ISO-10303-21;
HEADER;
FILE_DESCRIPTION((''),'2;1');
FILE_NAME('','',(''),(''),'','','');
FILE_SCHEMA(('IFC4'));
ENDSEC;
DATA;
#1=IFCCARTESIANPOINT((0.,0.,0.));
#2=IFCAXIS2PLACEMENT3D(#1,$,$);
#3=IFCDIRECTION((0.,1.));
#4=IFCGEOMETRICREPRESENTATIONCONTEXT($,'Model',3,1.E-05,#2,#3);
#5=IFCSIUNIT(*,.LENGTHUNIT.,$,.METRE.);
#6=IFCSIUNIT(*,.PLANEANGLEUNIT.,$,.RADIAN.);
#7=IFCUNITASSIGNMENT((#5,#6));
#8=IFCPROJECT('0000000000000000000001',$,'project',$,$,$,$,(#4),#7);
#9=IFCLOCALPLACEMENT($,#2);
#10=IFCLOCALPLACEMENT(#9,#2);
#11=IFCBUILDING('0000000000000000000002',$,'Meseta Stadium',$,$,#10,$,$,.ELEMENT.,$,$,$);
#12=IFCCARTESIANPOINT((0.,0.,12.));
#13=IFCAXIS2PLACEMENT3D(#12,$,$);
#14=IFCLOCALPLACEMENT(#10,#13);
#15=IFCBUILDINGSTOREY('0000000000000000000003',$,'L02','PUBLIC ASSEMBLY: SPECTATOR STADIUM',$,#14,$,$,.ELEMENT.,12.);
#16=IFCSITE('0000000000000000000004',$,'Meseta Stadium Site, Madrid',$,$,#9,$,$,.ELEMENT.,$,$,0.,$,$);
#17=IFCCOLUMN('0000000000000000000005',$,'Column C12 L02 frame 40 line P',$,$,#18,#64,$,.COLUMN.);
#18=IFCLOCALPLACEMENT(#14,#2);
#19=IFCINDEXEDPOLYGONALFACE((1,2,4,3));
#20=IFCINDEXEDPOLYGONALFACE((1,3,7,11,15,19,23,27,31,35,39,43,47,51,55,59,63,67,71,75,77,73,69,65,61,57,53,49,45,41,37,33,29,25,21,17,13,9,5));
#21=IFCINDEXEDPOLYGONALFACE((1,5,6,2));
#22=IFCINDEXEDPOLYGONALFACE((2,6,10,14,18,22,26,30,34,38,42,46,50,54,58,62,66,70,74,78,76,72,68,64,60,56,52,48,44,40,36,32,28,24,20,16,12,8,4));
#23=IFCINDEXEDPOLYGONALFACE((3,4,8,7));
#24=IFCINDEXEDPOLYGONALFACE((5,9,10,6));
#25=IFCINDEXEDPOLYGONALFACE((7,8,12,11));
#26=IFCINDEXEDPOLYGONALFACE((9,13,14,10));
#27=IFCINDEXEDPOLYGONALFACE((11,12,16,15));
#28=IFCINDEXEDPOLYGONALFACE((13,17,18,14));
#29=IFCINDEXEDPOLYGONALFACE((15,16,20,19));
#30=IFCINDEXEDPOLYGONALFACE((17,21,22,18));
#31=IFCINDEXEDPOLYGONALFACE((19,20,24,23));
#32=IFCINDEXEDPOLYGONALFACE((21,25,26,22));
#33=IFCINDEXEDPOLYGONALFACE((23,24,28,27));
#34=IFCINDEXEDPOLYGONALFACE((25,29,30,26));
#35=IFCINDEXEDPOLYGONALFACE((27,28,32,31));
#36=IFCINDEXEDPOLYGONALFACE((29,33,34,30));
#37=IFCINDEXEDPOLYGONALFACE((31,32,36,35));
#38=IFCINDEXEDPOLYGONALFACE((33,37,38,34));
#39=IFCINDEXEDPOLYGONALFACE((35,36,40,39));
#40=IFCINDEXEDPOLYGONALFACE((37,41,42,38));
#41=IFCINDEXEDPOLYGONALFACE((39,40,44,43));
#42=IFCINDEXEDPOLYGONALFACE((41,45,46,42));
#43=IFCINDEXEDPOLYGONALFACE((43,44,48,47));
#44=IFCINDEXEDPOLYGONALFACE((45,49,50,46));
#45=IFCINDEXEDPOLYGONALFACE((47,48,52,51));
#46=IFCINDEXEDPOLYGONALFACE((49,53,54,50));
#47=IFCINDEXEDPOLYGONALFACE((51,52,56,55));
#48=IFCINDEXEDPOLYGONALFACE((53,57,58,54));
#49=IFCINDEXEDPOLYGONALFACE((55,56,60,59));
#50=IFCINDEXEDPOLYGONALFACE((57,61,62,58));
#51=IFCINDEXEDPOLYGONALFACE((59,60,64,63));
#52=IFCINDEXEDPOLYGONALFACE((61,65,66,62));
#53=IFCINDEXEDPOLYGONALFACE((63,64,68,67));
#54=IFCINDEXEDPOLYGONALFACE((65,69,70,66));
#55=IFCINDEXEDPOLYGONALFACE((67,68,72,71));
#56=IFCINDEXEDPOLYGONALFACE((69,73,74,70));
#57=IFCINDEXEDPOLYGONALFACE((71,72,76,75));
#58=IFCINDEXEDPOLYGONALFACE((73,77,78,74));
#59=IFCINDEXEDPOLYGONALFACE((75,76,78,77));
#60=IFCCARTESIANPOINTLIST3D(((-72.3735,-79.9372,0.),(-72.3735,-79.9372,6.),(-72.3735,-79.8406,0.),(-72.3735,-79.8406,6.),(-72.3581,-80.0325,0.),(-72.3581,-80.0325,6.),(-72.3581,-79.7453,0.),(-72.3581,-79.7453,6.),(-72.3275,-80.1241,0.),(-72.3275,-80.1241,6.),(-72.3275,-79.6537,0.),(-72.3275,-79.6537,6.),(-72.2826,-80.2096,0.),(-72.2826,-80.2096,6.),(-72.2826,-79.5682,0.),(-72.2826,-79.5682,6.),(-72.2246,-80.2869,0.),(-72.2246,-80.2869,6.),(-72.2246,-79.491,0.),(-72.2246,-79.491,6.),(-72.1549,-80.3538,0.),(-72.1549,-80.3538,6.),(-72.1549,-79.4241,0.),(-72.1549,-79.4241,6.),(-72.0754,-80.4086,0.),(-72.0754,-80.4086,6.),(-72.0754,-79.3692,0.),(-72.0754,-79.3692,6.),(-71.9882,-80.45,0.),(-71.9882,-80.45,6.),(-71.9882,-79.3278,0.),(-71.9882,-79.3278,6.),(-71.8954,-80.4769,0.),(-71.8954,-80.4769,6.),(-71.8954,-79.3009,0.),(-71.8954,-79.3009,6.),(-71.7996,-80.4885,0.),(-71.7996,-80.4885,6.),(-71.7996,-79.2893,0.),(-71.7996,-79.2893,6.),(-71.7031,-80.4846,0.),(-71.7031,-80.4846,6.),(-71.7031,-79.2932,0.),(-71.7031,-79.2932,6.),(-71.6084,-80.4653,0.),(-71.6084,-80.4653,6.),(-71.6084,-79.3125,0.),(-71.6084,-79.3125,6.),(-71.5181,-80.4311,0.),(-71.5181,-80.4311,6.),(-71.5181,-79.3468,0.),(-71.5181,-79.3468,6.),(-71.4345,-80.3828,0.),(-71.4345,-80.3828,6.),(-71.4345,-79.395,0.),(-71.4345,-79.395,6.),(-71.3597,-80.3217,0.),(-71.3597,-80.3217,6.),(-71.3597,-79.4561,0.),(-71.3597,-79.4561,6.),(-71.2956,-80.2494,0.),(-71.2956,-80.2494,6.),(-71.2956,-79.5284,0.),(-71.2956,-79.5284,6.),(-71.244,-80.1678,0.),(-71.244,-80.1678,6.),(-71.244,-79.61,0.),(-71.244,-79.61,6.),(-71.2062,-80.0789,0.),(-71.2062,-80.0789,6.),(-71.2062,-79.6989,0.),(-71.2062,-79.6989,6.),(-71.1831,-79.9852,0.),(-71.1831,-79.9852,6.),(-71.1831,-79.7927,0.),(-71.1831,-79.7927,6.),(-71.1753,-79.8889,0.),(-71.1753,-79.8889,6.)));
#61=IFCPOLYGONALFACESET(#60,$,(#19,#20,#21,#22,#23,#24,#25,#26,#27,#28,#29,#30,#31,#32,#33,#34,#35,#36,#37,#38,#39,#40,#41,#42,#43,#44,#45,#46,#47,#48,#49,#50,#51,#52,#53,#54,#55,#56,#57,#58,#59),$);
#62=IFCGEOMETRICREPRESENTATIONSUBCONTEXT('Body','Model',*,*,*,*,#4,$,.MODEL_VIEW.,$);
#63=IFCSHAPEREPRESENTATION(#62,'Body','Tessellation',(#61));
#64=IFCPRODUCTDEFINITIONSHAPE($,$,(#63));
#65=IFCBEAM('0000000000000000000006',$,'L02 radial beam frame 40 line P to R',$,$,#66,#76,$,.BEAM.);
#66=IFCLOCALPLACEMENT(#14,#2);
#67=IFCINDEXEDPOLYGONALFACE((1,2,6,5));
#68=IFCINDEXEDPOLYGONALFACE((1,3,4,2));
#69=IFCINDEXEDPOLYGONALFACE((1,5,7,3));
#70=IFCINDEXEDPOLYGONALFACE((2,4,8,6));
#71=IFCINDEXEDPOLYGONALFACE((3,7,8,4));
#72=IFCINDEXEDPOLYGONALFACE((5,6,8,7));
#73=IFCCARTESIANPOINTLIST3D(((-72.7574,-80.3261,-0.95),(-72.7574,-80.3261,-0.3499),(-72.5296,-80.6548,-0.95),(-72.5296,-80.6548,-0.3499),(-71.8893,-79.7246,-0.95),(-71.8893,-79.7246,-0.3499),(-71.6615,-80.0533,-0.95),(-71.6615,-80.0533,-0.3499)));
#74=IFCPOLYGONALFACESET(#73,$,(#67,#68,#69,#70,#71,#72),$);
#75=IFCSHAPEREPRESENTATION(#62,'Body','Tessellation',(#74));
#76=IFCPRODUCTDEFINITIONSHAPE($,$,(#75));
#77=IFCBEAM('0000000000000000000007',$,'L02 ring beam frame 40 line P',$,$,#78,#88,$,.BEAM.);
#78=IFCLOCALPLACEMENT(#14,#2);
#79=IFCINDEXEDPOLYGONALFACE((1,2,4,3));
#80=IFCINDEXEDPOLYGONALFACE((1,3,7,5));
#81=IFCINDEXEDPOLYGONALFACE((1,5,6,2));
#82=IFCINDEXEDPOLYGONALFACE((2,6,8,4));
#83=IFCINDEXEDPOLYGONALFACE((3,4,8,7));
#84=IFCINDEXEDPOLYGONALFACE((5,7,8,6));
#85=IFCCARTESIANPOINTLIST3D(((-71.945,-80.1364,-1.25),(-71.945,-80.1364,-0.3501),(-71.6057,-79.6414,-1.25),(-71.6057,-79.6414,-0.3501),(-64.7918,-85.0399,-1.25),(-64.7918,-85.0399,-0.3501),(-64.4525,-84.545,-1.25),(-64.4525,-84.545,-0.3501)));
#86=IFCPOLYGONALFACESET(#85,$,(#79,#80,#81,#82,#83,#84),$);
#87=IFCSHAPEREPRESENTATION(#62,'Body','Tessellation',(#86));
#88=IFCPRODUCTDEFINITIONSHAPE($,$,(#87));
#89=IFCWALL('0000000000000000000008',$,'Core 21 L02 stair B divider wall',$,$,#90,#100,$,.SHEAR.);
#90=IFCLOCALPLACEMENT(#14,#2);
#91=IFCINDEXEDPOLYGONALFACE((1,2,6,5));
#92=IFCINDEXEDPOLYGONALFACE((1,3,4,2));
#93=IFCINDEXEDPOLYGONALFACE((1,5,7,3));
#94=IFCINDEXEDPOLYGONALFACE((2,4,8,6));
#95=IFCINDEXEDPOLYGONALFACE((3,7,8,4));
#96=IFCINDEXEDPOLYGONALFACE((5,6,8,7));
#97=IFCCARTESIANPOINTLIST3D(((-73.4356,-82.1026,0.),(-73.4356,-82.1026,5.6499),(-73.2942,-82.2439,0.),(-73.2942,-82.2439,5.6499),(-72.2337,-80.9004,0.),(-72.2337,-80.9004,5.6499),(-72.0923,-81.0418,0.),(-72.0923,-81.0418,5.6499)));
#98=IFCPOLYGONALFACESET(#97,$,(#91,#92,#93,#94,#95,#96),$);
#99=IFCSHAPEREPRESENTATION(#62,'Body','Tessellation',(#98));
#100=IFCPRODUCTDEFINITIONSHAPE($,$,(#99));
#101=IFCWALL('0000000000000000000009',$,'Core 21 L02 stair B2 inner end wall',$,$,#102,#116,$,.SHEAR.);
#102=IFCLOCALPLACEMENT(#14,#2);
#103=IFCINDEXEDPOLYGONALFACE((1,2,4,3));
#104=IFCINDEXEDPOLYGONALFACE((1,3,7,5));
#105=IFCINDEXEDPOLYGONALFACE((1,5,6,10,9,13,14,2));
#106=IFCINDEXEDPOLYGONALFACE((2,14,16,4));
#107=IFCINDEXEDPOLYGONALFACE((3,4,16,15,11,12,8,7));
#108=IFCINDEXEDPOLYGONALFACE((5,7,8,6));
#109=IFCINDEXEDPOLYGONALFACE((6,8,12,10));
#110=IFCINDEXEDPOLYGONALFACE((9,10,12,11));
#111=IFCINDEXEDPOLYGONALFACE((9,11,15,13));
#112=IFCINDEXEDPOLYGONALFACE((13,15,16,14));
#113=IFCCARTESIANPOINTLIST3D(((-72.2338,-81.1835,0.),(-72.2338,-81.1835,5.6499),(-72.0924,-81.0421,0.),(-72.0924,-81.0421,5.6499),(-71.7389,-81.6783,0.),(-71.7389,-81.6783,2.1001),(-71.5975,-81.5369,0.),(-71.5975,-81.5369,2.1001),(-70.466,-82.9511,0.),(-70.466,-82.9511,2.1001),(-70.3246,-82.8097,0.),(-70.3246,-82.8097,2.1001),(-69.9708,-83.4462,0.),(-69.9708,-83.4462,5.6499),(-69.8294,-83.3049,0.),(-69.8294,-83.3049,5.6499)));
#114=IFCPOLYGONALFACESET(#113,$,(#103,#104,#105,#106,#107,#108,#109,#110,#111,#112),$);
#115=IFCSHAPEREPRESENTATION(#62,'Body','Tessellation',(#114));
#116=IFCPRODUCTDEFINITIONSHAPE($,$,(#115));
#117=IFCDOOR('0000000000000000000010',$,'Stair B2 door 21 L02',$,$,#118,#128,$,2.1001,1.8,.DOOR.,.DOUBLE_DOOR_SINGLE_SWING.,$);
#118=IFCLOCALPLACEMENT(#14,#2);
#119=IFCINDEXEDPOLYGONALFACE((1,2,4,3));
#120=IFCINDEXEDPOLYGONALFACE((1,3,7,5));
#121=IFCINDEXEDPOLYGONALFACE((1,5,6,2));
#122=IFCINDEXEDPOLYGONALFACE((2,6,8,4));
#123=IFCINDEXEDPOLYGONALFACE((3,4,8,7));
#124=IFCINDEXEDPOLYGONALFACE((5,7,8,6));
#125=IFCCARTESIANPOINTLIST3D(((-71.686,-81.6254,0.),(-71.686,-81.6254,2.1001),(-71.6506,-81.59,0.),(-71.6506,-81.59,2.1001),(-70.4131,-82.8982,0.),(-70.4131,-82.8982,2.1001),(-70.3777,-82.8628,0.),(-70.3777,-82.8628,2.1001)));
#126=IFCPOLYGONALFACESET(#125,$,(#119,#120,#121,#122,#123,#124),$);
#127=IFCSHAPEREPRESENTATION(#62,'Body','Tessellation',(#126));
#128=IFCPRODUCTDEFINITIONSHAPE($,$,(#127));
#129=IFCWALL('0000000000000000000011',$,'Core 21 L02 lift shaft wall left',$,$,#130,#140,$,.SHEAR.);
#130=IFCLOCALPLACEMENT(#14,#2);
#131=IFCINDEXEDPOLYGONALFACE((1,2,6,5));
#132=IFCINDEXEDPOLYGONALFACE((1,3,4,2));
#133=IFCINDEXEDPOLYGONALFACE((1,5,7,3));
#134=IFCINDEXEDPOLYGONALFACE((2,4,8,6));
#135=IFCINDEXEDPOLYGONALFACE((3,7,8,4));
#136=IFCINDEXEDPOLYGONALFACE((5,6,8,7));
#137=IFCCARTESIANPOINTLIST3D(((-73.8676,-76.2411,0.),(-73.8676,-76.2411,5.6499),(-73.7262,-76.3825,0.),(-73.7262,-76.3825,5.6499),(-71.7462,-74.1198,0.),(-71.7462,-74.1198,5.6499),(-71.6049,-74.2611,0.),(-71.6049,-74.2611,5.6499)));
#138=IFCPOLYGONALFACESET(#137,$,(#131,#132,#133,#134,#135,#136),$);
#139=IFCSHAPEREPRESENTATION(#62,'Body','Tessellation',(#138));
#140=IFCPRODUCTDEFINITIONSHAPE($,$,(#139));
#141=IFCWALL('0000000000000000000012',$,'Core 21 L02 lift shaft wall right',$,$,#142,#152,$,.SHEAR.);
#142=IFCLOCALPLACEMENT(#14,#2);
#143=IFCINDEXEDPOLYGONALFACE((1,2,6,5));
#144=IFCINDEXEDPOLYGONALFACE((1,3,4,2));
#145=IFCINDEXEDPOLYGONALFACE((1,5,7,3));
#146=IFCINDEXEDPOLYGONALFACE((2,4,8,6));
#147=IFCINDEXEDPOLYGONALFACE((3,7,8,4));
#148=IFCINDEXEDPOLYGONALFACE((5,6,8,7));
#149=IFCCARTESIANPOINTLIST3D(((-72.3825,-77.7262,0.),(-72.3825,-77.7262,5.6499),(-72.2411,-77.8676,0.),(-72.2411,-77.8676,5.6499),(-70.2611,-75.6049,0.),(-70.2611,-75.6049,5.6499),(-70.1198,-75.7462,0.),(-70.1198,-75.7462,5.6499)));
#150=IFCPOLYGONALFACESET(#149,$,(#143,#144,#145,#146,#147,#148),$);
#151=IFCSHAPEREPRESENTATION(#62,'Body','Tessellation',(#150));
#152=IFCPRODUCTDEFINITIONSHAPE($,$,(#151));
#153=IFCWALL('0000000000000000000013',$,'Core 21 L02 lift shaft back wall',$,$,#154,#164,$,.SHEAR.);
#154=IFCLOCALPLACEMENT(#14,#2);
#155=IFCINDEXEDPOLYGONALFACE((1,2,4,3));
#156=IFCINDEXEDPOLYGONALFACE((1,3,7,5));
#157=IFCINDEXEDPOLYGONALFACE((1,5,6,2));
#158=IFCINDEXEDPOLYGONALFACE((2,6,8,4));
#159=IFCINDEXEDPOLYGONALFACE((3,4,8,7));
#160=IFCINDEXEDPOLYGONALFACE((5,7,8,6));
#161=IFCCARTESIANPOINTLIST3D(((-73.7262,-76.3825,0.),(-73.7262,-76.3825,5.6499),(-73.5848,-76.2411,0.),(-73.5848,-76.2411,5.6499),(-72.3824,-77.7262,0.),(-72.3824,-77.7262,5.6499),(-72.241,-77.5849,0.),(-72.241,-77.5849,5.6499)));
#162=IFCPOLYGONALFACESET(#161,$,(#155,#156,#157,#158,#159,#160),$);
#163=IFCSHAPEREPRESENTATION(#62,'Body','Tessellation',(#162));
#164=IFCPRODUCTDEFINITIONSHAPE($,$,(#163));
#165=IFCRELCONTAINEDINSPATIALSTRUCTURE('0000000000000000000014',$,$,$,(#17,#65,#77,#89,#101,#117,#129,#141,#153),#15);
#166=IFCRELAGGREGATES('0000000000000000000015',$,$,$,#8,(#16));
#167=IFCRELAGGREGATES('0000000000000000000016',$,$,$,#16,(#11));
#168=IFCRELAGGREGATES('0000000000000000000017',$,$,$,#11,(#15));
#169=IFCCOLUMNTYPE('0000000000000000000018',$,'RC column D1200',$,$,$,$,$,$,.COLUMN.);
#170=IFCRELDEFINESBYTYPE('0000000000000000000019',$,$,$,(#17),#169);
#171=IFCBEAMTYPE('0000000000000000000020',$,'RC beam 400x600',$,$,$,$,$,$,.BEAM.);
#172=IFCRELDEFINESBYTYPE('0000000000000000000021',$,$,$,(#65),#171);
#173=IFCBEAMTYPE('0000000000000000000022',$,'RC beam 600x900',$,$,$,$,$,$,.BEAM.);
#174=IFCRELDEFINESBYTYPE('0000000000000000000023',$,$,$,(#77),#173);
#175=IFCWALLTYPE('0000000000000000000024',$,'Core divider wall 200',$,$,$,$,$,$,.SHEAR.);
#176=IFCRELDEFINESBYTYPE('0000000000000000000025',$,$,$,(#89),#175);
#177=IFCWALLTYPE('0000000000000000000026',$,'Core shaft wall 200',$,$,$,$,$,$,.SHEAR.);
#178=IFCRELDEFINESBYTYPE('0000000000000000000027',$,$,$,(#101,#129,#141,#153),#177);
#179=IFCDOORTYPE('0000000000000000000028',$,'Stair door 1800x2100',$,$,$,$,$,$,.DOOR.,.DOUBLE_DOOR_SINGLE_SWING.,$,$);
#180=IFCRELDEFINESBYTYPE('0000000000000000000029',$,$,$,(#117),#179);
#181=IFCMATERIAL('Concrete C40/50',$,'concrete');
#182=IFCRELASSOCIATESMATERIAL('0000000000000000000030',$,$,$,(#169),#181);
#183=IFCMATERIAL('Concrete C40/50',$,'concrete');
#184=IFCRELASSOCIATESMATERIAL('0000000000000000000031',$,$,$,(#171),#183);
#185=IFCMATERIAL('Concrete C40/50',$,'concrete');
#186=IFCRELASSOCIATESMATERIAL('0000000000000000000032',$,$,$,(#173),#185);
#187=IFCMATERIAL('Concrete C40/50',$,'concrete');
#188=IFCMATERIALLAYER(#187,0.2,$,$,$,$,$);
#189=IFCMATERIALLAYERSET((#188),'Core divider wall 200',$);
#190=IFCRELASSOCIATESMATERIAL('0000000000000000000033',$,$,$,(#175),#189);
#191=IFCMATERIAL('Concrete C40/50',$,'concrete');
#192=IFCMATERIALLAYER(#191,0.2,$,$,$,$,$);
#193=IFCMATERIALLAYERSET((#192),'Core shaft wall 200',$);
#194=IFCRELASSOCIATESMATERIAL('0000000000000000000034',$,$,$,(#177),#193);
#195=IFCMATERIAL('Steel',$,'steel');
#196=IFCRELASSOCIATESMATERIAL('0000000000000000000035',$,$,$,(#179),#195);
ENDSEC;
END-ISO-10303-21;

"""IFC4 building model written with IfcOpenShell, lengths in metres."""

from ifc_helpers import new_model, si_unit, direction, frame, frame_2d, origin, origin_2d, place, context, subcontext, project, spatial, rectangle, circle, extrude, material, layer, layer_set, material_profile, profile_set, type_object, element, fill, save


model = new_model("IFC4")

# Units and contexts
model_context = context("Model", 3, precision=1e-05, world=origin(), true_north=direction((0.0, 1.0)))
body_context = subcontext(model_context, "Body", "Model", "MODEL_VIEW")
ifc_project = project(units=[si_unit("LENGTHUNIT", "METRE"), si_unit("PLANEANGLEUNIT", "RADIAN")], contexts=[model_context])

# Site, building, storey
site_placement = place(None, origin())
site = spatial("IfcSite", under=ifc_project, at=site_placement, Name="Meseta Stadium Site, Madrid", CompositionType="ELEMENT", RefElevation=0.0)
building_placement = place(site_placement, origin())
building = spatial("IfcBuilding", under=site, at=building_placement, Name="Meseta Stadium", CompositionType="ELEMENT")
storey_placement = place(building_placement, frame((0.0, 0.0, 12.0)))
storey = spatial("IfcBuildingStorey", under=building, at=storey_placement, Name="L02", Description="PUBLIC ASSEMBLY: SPECTATOR STADIUM", CompositionType="ELEMENT", Elevation=12.0)

# Column
ifc_material_1 = material(Name="Concrete C40/50", Category="concrete")
ifc_material_profile_1 = material_profile(ifc_material_1, circle(Radius=0.6001, at=origin_2d()), Name="RC D1200")
ifc_profile_set_1 = profile_set([ifc_material_profile_1], Name="Concrete C40/50")
column_type = type_object("IfcColumnType", Name="RC column D1200", PredefinedType="COLUMN", material=ifc_profile_set_1)
column_placement = place(storey_placement, frame((-71.7754, -79.8889, 0.0), z_axis=(0.0, 0.0, 1.0), x_axis=(1.0, 0.0, 0.0)))
element("IfcColumn", 1, at=column_placement, inside=storey, type_object=column_type, Name="Column C12 L02 frame 40 line P", PredefinedType="COLUMN", context=body_context, shape_type="SweptSolid", body=[
    extrude(circle(Radius=0.6001, at=origin_2d()), origin(), (0.0, 0.0, 1.0), 6.0),
])

# Beams
ifc_material_2 = material(Name="Concrete C40/50", Category="concrete")
ifc_material_profile_2 = material_profile(ifc_material_2, rectangle(XDim=0.3999, YDim=0.6001, at=origin_2d()), Name="RC 400x600")
ifc_profile_set_2 = profile_set([ifc_material_profile_2], Name="Concrete C40/50")
beam_type_1 = type_object("IfcBeamType", Name="RC beam 400x600", PredefinedType="BEAM", material=ifc_profile_set_2)
beam_1_placement = place(storey_placement, frame((-71.7754, -79.8889, -0.6499), z_axis=(-0.821959, -0.569546, 0.0), x_axis=(0.569546, -0.821959, 0.0)))
element("IfcBeam", 2, at=beam_1_placement, inside=storey, type_object=beam_type_1, Name="L02 radial beam frame 40 line P to R", PredefinedType="BEAM", context=body_context, shape_type="SweptSolid", body=[
    extrude(rectangle(XDim=0.3999, YDim=0.6001, at=origin_2d()), origin(), (0.0, 0.0, 1.0), 1.0562),
])
ifc_material_3 = material(Name="Concrete C40/50", Category="concrete")
ifc_material_profile_3 = material_profile(ifc_material_3, rectangle(XDim=0.6001, YDim=0.8999, at=origin_2d()), Name="RC 600x900")
ifc_profile_set_3 = profile_set([ifc_material_profile_3], Name="Concrete C40/50")
beam_type_2 = type_object("IfcBeamType", Name="RC beam 600x900", PredefinedType="BEAM", material=ifc_profile_set_3)
beam_2_placement = place(storey_placement, frame((-71.7754, -79.8889, -0.8), z_axis=(0.824813, -0.565405, 0.0), x_axis=(0.565405, 0.824813, 0.0)))
element("IfcBeam", 3, at=beam_2_placement, inside=storey, type_object=beam_type_2, Name="L02 ring beam frame 40 line P", PredefinedType="BEAM", context=body_context, shape_type="SweptSolid", body=[
    extrude(rectangle(XDim=0.6001, YDim=0.8999, at=origin_2d()), origin(), (0.0, 0.0, 1.0), 8.6726),
])

# Wall
ifc_material_4 = material(Name="Concrete C40/50", Category="concrete")
ifc_layer_1 = layer(ifc_material_4, 0.2)
ifc_layer_set_1 = layer_set([ifc_layer_1], Name="Core divider wall 200")
wall_type_1 = type_object("IfcWallType", Name="Core divider wall 200", PredefinedType="SHEAR", material=ifc_layer_set_1)
wall_1_placement = place(storey_placement, frame((-73.365, -82.1733, 0.0), z_axis=(0.0, 0.0, 1.0), x_axis=(0.707035, 0.707179, 0.0)))
element("IfcWall", 4, at=wall_1_placement, inside=storey, type_object=wall_type_1, Name="Core 21 L02 stair B divider wall", PredefinedType="SHEAR", context=body_context, shape_type="SweptSolid", body=[
    extrude(rectangle(XDim=1.7, YDim=0.2, at=frame_2d((0.8501, 0.0))), origin(), (0.0, 0.0, 1.0), 5.6499),
])

# Wall, opening, door
ifc_material_5 = material(Name="Concrete C40/50", Category="concrete")
ifc_layer_2 = layer(ifc_material_5, 0.2)
ifc_layer_set_2 = layer_set([ifc_layer_2], Name="Core shaft wall 200")
wall_type_2 = type_object("IfcWallType", Name="Core shaft wall 200", PredefinedType="SHEAR", material=ifc_layer_set_2)
wall_2_placement = place(storey_placement, frame((-72.1631, -81.1128, 0.0), z_axis=(0.0, 0.0, 1.0), x_axis=(0.707145, -0.707069, 0.0)))
wall_2 = element("IfcWall", 5, at=wall_2_placement, inside=storey, type_object=wall_type_2, Name="Core 21 L02 stair B2 inner end wall", PredefinedType="SHEAR", context=body_context, shape_type="SweptSolid", body=[
    extrude(rectangle(XDim=3.2002, YDim=0.2, at=frame_2d((1.6001, 0.0))), origin(), (0.0, 0.0, 1.0), 5.6499),
])
opening_1_placement = place(wall_2_placement, frame((0.7, 0.0, 0.0)))
opening_1 = element("IfcOpeningElement", 6, at=opening_1_placement, cuts=wall_2, PredefinedType="OPENING", context=body_context, shape_type="SweptSolid", body=[
    extrude(rectangle(XDim=1.8, YDim=2.1001, at=frame_2d((0.8999, 1.05))), frame((0.0, 0.1099, 0.0), z_axis=(0.0, -1.0, 0.0), x_axis=(1.0, 0.0, 0.0)), (0.0, 0.0, 1.0), 0.22),
])
ifc_material_6 = material(Name="Steel", Category="steel")
door_type_1 = type_object("IfcDoorType", Name="Stair door 1800x2100", OperationType="DOUBLE_DOOR_SINGLE_SWING", PredefinedType="DOOR", material=ifc_material_6)
door_1_placement = place(opening_1_placement, origin())
door_1 = element("IfcDoor", 7, at=door_1_placement, inside=storey, type_object=door_type_1, Name="Stair B2 door 21 L02", OperationType="DOUBLE_DOOR_SINGLE_SWING", OverallHeight=2.1001, OverallWidth=1.8, PredefinedType="DOOR", context=body_context, shape_type="SweptSolid", body=[
    extrude(rectangle(XDim=1.8, YDim=2.1001, at=frame_2d((0.8999, 1.05))), frame((0.0, 0.0249, 0.0), z_axis=(0.0, -1.0, 0.0), x_axis=(1.0, 0.0, 0.0)), (0.0, 0.0, 1.0), 0.05),
])
fill(opening_1, door_1)

# Walls
for number, where, z_axis, x_axis, name in (
    (8, (-73.7969, -76.3118, 0.0), (0.0, 0.0, 1.0), (0.707107, 0.707107, 0.0), "Core 21 L02 lift shaft wall left"),
    (9, (-72.3118, -77.7969, 0.0), (0.0, 0.0, 1.0), (0.707107, 0.707107, 0.0), "Core 21 L02 lift shaft wall right"),
):
    element("IfcWall", number, at=place(storey_placement, frame(where, z_axis=z_axis, x_axis=x_axis)), inside=storey, type_object=wall_type_2, Name=name, PredefinedType="SHEAR", context=body_context, shape_type="SweptSolid", body=[
        extrude(rectangle(XDim=3.0, YDim=0.2, at=frame_2d((1.5, 0.0))), origin(), (0.0, 0.0, 1.0), 5.6499),
    ])
wall_3_placement = place(storey_placement, frame((-73.6555, -76.3118, 0.0), z_axis=(0.0, 0.0, 1.0), x_axis=(0.707107, -0.707107, 0.0)))
element("IfcWall", 10, at=wall_3_placement, inside=storey, type_object=wall_type_2, Name="Core 21 L02 lift shaft back wall", PredefinedType="SHEAR", context=body_context, shape_type="SweptSolid", body=[
    extrude(rectangle(XDim=1.9004, YDim=0.2, at=frame_2d((0.9502, 0.0))), origin(), (0.0, 0.0, 1.0), 5.6499),
])

save(model, "model.ifc")
